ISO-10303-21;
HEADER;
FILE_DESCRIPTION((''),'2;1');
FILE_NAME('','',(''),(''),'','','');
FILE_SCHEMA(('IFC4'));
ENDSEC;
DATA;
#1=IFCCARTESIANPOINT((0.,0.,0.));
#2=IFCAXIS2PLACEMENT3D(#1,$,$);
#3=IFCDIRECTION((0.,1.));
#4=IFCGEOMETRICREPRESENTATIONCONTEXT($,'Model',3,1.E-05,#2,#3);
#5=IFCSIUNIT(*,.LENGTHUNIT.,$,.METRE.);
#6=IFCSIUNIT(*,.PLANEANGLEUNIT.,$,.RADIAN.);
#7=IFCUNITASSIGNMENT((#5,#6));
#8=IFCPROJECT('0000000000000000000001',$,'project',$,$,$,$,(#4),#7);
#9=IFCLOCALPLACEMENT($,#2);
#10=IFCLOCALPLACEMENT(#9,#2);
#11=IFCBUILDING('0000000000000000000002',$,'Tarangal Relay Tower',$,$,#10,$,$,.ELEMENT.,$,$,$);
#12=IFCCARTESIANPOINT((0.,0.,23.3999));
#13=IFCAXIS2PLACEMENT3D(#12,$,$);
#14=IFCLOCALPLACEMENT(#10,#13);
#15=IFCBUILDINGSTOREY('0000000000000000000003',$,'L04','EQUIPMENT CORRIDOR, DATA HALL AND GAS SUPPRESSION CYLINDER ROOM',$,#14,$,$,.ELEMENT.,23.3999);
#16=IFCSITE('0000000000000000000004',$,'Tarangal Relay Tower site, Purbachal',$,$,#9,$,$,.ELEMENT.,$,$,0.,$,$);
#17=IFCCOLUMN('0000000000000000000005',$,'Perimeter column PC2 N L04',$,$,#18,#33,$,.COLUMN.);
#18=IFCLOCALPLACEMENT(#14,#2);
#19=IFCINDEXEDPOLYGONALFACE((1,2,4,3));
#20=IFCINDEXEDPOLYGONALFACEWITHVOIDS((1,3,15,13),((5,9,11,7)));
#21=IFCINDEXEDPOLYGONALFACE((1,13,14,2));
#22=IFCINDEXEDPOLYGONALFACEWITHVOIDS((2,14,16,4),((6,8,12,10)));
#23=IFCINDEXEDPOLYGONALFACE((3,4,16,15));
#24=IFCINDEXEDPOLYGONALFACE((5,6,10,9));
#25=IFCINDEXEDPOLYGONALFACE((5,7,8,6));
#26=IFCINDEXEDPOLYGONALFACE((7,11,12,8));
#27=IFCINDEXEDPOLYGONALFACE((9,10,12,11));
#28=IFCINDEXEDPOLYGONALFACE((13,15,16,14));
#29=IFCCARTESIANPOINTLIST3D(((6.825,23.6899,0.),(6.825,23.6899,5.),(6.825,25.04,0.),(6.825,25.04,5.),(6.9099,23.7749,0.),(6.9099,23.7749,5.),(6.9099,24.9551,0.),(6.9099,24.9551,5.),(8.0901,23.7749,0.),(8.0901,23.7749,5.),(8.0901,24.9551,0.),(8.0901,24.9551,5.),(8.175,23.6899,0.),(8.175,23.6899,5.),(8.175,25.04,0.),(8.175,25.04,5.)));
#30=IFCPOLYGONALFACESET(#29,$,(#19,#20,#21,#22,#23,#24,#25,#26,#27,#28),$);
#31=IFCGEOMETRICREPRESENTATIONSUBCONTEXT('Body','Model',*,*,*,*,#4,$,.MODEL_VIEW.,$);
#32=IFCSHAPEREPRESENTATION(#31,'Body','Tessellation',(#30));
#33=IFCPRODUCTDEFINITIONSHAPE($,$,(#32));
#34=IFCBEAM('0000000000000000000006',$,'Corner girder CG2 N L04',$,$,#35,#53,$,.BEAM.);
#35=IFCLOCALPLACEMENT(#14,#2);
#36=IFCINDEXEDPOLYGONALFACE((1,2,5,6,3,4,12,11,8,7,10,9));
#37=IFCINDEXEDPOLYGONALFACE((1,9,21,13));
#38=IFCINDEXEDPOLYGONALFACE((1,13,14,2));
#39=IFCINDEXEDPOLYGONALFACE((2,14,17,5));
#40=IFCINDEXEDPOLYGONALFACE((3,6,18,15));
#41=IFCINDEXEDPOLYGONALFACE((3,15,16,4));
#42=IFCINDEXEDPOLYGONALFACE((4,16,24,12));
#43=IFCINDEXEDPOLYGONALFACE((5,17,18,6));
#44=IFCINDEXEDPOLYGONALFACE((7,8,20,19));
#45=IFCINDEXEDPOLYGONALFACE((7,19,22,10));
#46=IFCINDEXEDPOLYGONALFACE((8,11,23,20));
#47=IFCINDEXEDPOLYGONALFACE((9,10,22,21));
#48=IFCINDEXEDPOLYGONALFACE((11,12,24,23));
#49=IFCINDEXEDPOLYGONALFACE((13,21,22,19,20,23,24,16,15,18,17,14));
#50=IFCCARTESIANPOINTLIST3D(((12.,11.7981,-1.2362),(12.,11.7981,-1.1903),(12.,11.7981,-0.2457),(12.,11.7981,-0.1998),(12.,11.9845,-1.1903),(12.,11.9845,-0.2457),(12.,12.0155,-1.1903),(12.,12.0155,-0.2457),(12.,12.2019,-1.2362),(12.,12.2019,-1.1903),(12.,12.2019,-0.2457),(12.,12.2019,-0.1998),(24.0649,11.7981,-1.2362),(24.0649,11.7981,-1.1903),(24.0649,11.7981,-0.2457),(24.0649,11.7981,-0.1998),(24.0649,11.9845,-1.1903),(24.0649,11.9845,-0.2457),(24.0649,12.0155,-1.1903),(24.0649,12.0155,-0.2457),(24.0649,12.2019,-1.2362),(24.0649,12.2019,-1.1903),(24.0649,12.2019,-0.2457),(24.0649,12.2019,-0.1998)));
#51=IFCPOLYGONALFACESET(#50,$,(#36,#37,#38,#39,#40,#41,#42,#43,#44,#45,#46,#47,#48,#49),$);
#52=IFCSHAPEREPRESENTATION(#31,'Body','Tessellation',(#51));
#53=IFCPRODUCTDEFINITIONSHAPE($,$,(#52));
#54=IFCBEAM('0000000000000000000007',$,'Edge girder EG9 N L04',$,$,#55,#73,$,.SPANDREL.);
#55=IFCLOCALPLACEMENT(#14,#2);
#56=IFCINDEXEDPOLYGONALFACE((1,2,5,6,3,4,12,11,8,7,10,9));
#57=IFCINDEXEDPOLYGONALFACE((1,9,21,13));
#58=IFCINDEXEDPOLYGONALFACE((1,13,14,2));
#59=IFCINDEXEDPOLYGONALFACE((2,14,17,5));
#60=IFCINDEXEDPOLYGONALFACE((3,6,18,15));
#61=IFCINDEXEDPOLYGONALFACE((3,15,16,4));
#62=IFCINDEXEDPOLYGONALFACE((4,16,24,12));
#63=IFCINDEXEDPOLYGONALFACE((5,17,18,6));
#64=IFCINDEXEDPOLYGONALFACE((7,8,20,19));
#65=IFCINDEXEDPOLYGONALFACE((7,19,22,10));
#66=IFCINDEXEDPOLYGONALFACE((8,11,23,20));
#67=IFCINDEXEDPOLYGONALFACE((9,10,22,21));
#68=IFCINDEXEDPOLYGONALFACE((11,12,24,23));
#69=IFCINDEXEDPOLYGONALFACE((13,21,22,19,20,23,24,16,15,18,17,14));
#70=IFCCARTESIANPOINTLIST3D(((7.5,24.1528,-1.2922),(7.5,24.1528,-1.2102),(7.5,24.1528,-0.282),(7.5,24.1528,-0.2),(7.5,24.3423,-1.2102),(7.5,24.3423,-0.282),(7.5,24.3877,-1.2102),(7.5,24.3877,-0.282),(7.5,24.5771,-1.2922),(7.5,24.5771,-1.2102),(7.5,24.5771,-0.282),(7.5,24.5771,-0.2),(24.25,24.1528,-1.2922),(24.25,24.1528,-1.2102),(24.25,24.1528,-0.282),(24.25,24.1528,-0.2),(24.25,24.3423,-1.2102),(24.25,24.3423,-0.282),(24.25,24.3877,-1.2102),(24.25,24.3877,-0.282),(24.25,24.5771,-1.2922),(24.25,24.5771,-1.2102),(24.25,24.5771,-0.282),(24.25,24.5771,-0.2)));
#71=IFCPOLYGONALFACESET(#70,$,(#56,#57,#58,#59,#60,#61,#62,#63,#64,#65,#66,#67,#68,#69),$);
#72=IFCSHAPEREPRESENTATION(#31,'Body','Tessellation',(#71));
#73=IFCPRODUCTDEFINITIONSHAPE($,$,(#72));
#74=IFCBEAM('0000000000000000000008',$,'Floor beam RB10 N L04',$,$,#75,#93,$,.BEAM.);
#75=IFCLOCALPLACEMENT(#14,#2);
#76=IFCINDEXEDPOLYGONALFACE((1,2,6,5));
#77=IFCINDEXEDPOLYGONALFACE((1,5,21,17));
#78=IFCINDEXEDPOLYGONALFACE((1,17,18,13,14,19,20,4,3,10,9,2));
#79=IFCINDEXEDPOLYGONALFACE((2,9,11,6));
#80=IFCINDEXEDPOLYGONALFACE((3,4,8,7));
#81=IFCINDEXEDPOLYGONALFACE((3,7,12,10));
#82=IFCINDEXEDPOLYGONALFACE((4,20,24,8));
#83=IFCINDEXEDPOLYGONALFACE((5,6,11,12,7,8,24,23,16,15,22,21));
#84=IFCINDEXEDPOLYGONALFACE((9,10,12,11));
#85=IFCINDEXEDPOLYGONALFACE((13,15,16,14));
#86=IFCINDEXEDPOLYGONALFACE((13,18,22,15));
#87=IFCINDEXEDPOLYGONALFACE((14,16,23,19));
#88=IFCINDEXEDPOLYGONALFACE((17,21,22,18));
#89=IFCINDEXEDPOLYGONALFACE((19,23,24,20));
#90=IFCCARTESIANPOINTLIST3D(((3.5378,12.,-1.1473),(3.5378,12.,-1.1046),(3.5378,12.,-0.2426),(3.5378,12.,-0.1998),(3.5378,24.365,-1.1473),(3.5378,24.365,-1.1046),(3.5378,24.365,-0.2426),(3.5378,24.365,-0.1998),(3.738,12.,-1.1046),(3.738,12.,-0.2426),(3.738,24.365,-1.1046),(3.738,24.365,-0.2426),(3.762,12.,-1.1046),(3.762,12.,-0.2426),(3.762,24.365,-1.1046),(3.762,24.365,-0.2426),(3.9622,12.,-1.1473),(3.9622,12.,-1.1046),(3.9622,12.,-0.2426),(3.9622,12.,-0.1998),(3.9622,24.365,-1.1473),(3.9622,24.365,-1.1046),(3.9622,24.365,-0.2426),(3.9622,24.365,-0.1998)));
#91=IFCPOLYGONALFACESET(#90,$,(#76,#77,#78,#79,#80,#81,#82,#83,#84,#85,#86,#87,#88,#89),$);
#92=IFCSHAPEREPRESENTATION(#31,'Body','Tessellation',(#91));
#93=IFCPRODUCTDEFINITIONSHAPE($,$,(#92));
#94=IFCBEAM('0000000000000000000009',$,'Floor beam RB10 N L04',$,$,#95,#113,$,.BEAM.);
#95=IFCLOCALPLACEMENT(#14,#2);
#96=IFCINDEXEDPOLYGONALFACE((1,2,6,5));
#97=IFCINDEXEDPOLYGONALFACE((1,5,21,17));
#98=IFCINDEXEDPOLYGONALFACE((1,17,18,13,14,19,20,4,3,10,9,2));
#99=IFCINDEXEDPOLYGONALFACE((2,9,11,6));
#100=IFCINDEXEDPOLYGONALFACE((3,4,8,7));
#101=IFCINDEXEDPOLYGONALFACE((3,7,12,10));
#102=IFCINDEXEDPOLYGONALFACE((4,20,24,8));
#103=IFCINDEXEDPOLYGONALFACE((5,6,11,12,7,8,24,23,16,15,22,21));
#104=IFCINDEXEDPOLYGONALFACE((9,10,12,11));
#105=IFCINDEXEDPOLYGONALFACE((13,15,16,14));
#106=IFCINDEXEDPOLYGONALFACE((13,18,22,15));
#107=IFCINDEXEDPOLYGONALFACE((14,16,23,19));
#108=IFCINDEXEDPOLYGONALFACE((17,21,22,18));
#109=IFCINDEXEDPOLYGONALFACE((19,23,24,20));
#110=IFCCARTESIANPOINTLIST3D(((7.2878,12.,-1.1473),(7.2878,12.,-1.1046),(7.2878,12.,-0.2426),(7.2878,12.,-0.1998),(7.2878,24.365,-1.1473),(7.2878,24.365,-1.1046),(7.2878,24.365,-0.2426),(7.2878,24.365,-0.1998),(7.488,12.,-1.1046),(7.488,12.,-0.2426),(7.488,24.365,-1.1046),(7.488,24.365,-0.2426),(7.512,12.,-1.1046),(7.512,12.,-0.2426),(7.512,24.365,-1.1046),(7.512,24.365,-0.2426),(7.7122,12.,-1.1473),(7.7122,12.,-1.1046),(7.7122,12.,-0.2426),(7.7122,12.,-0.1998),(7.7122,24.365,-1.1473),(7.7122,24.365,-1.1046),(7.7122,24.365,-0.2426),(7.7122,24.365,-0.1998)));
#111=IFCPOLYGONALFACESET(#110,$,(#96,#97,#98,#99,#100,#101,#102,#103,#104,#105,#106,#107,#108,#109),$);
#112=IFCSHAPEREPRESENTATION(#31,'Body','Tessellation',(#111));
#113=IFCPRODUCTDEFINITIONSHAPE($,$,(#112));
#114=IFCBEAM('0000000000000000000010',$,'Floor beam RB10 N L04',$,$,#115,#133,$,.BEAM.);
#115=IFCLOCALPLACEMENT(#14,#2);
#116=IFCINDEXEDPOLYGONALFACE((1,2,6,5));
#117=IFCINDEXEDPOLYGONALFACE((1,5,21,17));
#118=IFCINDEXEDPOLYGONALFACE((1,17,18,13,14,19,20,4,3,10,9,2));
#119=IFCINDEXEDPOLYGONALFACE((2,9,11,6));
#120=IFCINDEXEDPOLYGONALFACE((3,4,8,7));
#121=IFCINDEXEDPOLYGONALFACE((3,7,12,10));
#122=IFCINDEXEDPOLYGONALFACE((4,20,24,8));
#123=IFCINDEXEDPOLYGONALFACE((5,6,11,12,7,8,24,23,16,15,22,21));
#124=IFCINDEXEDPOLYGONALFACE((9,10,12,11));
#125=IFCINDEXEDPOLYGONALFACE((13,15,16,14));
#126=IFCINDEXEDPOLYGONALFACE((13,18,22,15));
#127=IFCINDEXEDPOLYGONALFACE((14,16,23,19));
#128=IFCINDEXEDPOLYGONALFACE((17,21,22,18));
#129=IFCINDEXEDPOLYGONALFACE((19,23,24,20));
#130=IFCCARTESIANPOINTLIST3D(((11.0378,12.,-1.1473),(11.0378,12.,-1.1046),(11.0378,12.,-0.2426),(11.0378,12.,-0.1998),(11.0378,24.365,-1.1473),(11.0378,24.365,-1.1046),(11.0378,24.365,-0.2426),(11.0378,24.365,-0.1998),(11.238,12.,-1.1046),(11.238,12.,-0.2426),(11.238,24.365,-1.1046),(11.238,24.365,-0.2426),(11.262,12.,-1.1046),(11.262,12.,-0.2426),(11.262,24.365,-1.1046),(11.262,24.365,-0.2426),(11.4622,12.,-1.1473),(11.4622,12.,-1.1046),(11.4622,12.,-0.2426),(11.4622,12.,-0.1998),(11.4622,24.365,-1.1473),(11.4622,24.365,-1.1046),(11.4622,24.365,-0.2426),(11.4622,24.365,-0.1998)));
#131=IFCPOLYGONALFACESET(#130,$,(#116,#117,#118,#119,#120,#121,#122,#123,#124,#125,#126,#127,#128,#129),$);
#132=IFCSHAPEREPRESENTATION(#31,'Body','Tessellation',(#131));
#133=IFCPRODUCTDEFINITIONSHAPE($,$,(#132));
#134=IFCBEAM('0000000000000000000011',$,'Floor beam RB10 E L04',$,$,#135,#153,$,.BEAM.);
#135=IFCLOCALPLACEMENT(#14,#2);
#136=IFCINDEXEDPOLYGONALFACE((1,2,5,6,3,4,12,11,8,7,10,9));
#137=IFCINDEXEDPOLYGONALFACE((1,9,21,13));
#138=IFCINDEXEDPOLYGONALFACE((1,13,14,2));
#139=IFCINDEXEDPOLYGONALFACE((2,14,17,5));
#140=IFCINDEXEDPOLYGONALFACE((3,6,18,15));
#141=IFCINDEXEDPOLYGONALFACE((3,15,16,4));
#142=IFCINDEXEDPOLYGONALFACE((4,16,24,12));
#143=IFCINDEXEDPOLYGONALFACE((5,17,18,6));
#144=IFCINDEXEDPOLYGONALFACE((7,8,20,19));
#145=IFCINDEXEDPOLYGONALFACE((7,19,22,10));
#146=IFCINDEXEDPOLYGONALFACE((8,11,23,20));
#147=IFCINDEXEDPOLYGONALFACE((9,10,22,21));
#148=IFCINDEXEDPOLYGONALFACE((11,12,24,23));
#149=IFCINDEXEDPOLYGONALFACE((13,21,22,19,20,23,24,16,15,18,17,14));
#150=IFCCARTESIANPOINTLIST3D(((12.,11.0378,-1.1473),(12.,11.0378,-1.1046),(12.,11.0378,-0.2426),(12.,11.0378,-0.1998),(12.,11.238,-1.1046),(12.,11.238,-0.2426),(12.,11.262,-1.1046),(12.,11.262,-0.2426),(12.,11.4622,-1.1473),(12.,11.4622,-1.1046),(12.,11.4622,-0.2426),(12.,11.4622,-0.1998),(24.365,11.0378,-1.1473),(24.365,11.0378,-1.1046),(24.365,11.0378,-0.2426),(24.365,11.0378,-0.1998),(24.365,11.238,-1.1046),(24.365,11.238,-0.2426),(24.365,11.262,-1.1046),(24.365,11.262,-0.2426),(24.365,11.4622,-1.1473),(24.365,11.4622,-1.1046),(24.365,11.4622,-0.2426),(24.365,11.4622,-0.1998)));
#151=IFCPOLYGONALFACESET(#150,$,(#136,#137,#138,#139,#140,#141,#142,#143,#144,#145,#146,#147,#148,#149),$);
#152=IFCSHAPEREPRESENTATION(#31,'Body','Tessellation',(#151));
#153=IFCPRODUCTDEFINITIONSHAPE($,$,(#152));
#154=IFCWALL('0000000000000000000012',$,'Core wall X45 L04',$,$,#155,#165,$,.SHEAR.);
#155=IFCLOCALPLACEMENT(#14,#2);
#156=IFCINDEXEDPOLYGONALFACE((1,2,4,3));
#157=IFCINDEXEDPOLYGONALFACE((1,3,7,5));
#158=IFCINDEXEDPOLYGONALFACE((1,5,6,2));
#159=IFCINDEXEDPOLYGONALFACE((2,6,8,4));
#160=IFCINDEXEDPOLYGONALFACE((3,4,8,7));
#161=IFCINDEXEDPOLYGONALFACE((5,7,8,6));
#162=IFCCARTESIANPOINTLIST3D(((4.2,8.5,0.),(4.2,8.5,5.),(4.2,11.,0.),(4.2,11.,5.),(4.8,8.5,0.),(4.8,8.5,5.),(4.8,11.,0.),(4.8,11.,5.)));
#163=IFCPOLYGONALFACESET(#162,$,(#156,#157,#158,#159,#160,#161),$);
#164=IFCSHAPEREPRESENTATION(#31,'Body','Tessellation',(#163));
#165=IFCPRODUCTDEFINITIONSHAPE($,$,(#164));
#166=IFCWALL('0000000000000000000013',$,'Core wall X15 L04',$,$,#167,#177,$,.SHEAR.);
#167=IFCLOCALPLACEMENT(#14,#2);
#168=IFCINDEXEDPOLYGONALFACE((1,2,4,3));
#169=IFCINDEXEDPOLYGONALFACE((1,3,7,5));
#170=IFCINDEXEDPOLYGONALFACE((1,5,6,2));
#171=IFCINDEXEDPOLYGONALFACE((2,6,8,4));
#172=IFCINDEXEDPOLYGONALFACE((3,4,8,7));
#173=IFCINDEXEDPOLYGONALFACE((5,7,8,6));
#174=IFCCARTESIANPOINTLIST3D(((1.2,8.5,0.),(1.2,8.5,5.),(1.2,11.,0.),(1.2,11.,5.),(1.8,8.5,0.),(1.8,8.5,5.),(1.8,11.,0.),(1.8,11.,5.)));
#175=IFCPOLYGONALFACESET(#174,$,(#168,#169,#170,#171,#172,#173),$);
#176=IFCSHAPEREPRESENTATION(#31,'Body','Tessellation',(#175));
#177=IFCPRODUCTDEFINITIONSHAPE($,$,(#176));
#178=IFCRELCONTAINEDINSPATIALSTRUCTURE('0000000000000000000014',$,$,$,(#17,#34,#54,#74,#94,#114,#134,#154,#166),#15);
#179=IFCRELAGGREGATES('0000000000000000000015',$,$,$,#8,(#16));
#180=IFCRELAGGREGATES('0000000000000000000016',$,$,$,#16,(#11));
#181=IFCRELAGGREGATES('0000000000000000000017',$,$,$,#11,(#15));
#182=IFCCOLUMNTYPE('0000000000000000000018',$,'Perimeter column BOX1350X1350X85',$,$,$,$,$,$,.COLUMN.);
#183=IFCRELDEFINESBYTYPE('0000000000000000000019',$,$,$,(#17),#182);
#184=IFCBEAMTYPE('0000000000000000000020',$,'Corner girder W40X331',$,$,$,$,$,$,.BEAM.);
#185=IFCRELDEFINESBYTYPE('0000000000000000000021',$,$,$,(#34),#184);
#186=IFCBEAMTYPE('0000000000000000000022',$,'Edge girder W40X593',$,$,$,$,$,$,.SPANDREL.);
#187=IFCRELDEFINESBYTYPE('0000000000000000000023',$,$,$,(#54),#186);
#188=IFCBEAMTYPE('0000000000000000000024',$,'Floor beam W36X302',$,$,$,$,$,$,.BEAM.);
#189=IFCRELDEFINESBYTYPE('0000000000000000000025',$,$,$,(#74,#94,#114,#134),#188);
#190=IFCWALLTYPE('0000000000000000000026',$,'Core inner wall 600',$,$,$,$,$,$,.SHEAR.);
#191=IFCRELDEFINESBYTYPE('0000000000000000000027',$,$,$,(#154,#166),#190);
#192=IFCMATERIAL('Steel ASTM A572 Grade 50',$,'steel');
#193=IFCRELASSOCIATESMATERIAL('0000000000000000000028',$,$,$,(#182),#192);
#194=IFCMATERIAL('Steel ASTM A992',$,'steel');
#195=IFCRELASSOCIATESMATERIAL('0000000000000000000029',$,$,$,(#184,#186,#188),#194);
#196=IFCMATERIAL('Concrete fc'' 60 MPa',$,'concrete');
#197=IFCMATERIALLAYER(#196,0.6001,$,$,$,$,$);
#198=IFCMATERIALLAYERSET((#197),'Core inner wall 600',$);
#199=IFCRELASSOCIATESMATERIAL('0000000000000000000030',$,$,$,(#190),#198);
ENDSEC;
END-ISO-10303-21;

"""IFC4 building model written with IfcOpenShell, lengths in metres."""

from ifc_helpers import new_model, si_unit, direction, frame, frame_2d, origin, origin_2d, place, context, subcontext, project, spatial, rectangle, hollow_rectangle, i_section, extrude, material, layer, layer_set, material_profile, profile_set, type_object, element, save


model = new_model("IFC4")

# Units and contexts
model_context = context("Model", 3, precision=1e-05, world=origin(), true_north=direction((0.0, 1.0)))
body_context = subcontext(model_context, "Body", "Model", "MODEL_VIEW")
ifc_project = project(units=[si_unit("LENGTHUNIT", "METRE"), si_unit("PLANEANGLEUNIT", "RADIAN")], contexts=[model_context])

# Site, building, storey
site_placement = place(None, origin())
site = spatial("IfcSite", under=ifc_project, at=site_placement, Name="Tarangal Relay Tower site, Purbachal", CompositionType="ELEMENT", RefElevation=0.0)
building_placement = place(site_placement, origin())
building = spatial("IfcBuilding", under=site, at=building_placement, Name="Tarangal Relay Tower", CompositionType="ELEMENT")
storey_placement = place(building_placement, frame((0.0, 0.0, 23.3999)))
storey = spatial("IfcBuildingStorey", under=building, at=storey_placement, Name="L04", Description="EQUIPMENT CORRIDOR, DATA HALL AND GAS SUPPRESSION CYLINDER ROOM", CompositionType="ELEMENT", Elevation=23.3999)

# Column
ifc_material_1 = material(Name="Steel ASTM A572 Grade 50", Category="steel")
ifc_material_profile_1 = material_profile(ifc_material_1, hollow_rectangle(XDim=1.3501, YDim=1.3501, WallThickness=0.085, at=origin_2d()), Name="BOX1350X1350X85")
ifc_profile_set_1 = profile_set([ifc_material_profile_1], Name="Steel ASTM A572 Grade 50")
column_type = type_object("IfcColumnType", Name="Perimeter column BOX1350X1350X85", PredefinedType="COLUMN", material=ifc_profile_set_1)
column_placement = place(storey_placement, frame((7.5, 24.365, 0.0), z_axis=(0.0, 0.0, 1.0), x_axis=(1.0, 0.0, 0.0)))
element("IfcColumn", 1, at=column_placement, inside=storey, type_object=column_type, Name="Perimeter column PC2 N L04", PredefinedType="COLUMN", context=body_context, shape_type="SweptSolid", body=[
    extrude(hollow_rectangle(XDim=1.3501, YDim=1.3501, WallThickness=0.085, at=origin_2d()), origin(), (0.0, 0.0, 1.0), 5.0),
])

# Beams
ifc_material_2 = material(Name="Steel ASTM A992", Category="steel")
ifc_material_profile_2 = material_profile(ifc_material_2, i_section(OverallWidth=0.4038, OverallDepth=1.0364, WebThickness=0.031, FlangeThickness=0.0459, at=origin_2d()), Name="W40X331")
ifc_profile_set_2 = profile_set([ifc_material_profile_2], Name="Steel ASTM A992")
beam_type_1 = type_object("IfcBeamType", Name="Corner girder W40X331", PredefinedType="BEAM", material=ifc_profile_set_2)
beam_1_placement = place(storey_placement, frame((12.0, 12.0, -0.718), z_axis=(1.0, 0.0, 0.0), x_axis=(0.0, 1.0, 0.0)))
element("IfcBeam", 2, at=beam_1_placement, inside=storey, type_object=beam_type_1, Name="Corner girder CG2 N L04", PredefinedType="BEAM", context=body_context, shape_type="SweptSolid", body=[
    extrude(i_section(OverallWidth=0.4038, OverallDepth=1.0364, WebThickness=0.031, FlangeThickness=0.0459, at=origin_2d()), origin(), (0.0, 0.0, 1.0), 12.0649),
])
ifc_material_profile_3 = material_profile(ifc_material_2, i_section(OverallWidth=0.4243, OverallDepth=1.0923, WebThickness=0.0454, FlangeThickness=0.082, at=origin_2d()), Name="W40X593")
ifc_profile_set_3 = profile_set([ifc_material_profile_3], Name="Steel ASTM A992")
beam_type_2 = type_object("IfcBeamType", Name="Edge girder W40X593", PredefinedType="SPANDREL", material=ifc_profile_set_3)
beam_2_placement = place(storey_placement, frame((7.5, 24.365, -0.7461), z_axis=(1.0, 0.0, 0.0), x_axis=(0.0, 1.0, 0.0)))
element("IfcBeam", 3, at=beam_2_placement, inside=storey, type_object=beam_type_2, Name="Edge girder EG9 N L04", PredefinedType="SPANDREL", context=body_context, shape_type="SweptSolid", body=[
    extrude(i_section(OverallWidth=0.4243, OverallDepth=1.0923, WebThickness=0.0454, FlangeThickness=0.082, at=origin_2d()), origin(), (0.0, 0.0, 1.0), 16.75),
])
ifc_material_profile_4 = material_profile(ifc_material_2, i_section(OverallWidth=0.4243, OverallDepth=0.9475, WebThickness=0.0239, FlangeThickness=0.0427, at=origin_2d()), Name="W36X302")
ifc_profile_set_4 = profile_set([ifc_material_profile_4], Name="Steel ASTM A992")
beam_type_3 = type_object("IfcBeamType", Name="Floor beam W36X302", PredefinedType="BEAM", material=ifc_profile_set_4)
for number, where, z_axis, x_axis, name in (
    (4, (3.75, 12.0, -0.6736), (0.0, 1.0, 0.0), (-1.0, 0.0, 0.0), "Floor beam RB10 N L04"),
    (5, (7.5, 12.0, -0.6736), (0.0, 1.0, 0.0), (-1.0, 0.0, 0.0), "Floor beam RB10 N L04"),
    (6, (11.25, 12.0, -0.6736), (0.0, 1.0, 0.0), (-1.0, 0.0, 0.0), "Floor beam RB10 N L04"),
    (7, (12.0, 11.25, -0.6736), (1.0, 0.0, 0.0), (0.0, 1.0, 0.0), "Floor beam RB10 E L04"),
):
    element("IfcBeam", number, at=place(storey_placement, frame(where, z_axis=z_axis, x_axis=x_axis)), inside=storey, type_object=beam_type_3, Name=name, PredefinedType="BEAM", context=body_context, shape_type="SweptSolid", body=[
        extrude(i_section(OverallWidth=0.4243, OverallDepth=0.9475, WebThickness=0.0239, FlangeThickness=0.0427, at=origin_2d()), origin(), (0.0, 0.0, 1.0), 12.365),
    ])

# Walls
ifc_material_3 = material(Name="Concrete fc' 60 MPa", Category="concrete")
ifc_layer_1 = layer(ifc_material_3, 0.6001)
ifc_layer_set_1 = layer_set([ifc_layer_1], Name="Core inner wall 600")
wall_type_1 = type_object("IfcWallType", Name="Core inner wall 600", PredefinedType="SHEAR", material=ifc_layer_set_1)
for number, where, z_axis, x_axis, name in (
    (8, (4.5, 8.5, 0.0), (0.0, 0.0, 1.0), (0.0, 1.0, 0.0), "Core wall X45 L04"),
    (9, (1.5, 8.5, 0.0), (0.0, 0.0, 1.0), (0.0, 1.0, 0.0), "Core wall X15 L04"),
):
    element("IfcWall", number, at=place(storey_placement, frame(where, z_axis=z_axis, x_axis=x_axis)), inside=storey, type_object=wall_type_1, Name=name, PredefinedType="SHEAR", context=body_context, shape_type="SweptSolid", body=[
        extrude(rectangle(XDim=2.5, YDim=0.6001, at=frame_2d((1.25, 0.0))), origin(), (0.0, 0.0, 1.0), 5.0),
    ])

save(model, "model.ifc")
